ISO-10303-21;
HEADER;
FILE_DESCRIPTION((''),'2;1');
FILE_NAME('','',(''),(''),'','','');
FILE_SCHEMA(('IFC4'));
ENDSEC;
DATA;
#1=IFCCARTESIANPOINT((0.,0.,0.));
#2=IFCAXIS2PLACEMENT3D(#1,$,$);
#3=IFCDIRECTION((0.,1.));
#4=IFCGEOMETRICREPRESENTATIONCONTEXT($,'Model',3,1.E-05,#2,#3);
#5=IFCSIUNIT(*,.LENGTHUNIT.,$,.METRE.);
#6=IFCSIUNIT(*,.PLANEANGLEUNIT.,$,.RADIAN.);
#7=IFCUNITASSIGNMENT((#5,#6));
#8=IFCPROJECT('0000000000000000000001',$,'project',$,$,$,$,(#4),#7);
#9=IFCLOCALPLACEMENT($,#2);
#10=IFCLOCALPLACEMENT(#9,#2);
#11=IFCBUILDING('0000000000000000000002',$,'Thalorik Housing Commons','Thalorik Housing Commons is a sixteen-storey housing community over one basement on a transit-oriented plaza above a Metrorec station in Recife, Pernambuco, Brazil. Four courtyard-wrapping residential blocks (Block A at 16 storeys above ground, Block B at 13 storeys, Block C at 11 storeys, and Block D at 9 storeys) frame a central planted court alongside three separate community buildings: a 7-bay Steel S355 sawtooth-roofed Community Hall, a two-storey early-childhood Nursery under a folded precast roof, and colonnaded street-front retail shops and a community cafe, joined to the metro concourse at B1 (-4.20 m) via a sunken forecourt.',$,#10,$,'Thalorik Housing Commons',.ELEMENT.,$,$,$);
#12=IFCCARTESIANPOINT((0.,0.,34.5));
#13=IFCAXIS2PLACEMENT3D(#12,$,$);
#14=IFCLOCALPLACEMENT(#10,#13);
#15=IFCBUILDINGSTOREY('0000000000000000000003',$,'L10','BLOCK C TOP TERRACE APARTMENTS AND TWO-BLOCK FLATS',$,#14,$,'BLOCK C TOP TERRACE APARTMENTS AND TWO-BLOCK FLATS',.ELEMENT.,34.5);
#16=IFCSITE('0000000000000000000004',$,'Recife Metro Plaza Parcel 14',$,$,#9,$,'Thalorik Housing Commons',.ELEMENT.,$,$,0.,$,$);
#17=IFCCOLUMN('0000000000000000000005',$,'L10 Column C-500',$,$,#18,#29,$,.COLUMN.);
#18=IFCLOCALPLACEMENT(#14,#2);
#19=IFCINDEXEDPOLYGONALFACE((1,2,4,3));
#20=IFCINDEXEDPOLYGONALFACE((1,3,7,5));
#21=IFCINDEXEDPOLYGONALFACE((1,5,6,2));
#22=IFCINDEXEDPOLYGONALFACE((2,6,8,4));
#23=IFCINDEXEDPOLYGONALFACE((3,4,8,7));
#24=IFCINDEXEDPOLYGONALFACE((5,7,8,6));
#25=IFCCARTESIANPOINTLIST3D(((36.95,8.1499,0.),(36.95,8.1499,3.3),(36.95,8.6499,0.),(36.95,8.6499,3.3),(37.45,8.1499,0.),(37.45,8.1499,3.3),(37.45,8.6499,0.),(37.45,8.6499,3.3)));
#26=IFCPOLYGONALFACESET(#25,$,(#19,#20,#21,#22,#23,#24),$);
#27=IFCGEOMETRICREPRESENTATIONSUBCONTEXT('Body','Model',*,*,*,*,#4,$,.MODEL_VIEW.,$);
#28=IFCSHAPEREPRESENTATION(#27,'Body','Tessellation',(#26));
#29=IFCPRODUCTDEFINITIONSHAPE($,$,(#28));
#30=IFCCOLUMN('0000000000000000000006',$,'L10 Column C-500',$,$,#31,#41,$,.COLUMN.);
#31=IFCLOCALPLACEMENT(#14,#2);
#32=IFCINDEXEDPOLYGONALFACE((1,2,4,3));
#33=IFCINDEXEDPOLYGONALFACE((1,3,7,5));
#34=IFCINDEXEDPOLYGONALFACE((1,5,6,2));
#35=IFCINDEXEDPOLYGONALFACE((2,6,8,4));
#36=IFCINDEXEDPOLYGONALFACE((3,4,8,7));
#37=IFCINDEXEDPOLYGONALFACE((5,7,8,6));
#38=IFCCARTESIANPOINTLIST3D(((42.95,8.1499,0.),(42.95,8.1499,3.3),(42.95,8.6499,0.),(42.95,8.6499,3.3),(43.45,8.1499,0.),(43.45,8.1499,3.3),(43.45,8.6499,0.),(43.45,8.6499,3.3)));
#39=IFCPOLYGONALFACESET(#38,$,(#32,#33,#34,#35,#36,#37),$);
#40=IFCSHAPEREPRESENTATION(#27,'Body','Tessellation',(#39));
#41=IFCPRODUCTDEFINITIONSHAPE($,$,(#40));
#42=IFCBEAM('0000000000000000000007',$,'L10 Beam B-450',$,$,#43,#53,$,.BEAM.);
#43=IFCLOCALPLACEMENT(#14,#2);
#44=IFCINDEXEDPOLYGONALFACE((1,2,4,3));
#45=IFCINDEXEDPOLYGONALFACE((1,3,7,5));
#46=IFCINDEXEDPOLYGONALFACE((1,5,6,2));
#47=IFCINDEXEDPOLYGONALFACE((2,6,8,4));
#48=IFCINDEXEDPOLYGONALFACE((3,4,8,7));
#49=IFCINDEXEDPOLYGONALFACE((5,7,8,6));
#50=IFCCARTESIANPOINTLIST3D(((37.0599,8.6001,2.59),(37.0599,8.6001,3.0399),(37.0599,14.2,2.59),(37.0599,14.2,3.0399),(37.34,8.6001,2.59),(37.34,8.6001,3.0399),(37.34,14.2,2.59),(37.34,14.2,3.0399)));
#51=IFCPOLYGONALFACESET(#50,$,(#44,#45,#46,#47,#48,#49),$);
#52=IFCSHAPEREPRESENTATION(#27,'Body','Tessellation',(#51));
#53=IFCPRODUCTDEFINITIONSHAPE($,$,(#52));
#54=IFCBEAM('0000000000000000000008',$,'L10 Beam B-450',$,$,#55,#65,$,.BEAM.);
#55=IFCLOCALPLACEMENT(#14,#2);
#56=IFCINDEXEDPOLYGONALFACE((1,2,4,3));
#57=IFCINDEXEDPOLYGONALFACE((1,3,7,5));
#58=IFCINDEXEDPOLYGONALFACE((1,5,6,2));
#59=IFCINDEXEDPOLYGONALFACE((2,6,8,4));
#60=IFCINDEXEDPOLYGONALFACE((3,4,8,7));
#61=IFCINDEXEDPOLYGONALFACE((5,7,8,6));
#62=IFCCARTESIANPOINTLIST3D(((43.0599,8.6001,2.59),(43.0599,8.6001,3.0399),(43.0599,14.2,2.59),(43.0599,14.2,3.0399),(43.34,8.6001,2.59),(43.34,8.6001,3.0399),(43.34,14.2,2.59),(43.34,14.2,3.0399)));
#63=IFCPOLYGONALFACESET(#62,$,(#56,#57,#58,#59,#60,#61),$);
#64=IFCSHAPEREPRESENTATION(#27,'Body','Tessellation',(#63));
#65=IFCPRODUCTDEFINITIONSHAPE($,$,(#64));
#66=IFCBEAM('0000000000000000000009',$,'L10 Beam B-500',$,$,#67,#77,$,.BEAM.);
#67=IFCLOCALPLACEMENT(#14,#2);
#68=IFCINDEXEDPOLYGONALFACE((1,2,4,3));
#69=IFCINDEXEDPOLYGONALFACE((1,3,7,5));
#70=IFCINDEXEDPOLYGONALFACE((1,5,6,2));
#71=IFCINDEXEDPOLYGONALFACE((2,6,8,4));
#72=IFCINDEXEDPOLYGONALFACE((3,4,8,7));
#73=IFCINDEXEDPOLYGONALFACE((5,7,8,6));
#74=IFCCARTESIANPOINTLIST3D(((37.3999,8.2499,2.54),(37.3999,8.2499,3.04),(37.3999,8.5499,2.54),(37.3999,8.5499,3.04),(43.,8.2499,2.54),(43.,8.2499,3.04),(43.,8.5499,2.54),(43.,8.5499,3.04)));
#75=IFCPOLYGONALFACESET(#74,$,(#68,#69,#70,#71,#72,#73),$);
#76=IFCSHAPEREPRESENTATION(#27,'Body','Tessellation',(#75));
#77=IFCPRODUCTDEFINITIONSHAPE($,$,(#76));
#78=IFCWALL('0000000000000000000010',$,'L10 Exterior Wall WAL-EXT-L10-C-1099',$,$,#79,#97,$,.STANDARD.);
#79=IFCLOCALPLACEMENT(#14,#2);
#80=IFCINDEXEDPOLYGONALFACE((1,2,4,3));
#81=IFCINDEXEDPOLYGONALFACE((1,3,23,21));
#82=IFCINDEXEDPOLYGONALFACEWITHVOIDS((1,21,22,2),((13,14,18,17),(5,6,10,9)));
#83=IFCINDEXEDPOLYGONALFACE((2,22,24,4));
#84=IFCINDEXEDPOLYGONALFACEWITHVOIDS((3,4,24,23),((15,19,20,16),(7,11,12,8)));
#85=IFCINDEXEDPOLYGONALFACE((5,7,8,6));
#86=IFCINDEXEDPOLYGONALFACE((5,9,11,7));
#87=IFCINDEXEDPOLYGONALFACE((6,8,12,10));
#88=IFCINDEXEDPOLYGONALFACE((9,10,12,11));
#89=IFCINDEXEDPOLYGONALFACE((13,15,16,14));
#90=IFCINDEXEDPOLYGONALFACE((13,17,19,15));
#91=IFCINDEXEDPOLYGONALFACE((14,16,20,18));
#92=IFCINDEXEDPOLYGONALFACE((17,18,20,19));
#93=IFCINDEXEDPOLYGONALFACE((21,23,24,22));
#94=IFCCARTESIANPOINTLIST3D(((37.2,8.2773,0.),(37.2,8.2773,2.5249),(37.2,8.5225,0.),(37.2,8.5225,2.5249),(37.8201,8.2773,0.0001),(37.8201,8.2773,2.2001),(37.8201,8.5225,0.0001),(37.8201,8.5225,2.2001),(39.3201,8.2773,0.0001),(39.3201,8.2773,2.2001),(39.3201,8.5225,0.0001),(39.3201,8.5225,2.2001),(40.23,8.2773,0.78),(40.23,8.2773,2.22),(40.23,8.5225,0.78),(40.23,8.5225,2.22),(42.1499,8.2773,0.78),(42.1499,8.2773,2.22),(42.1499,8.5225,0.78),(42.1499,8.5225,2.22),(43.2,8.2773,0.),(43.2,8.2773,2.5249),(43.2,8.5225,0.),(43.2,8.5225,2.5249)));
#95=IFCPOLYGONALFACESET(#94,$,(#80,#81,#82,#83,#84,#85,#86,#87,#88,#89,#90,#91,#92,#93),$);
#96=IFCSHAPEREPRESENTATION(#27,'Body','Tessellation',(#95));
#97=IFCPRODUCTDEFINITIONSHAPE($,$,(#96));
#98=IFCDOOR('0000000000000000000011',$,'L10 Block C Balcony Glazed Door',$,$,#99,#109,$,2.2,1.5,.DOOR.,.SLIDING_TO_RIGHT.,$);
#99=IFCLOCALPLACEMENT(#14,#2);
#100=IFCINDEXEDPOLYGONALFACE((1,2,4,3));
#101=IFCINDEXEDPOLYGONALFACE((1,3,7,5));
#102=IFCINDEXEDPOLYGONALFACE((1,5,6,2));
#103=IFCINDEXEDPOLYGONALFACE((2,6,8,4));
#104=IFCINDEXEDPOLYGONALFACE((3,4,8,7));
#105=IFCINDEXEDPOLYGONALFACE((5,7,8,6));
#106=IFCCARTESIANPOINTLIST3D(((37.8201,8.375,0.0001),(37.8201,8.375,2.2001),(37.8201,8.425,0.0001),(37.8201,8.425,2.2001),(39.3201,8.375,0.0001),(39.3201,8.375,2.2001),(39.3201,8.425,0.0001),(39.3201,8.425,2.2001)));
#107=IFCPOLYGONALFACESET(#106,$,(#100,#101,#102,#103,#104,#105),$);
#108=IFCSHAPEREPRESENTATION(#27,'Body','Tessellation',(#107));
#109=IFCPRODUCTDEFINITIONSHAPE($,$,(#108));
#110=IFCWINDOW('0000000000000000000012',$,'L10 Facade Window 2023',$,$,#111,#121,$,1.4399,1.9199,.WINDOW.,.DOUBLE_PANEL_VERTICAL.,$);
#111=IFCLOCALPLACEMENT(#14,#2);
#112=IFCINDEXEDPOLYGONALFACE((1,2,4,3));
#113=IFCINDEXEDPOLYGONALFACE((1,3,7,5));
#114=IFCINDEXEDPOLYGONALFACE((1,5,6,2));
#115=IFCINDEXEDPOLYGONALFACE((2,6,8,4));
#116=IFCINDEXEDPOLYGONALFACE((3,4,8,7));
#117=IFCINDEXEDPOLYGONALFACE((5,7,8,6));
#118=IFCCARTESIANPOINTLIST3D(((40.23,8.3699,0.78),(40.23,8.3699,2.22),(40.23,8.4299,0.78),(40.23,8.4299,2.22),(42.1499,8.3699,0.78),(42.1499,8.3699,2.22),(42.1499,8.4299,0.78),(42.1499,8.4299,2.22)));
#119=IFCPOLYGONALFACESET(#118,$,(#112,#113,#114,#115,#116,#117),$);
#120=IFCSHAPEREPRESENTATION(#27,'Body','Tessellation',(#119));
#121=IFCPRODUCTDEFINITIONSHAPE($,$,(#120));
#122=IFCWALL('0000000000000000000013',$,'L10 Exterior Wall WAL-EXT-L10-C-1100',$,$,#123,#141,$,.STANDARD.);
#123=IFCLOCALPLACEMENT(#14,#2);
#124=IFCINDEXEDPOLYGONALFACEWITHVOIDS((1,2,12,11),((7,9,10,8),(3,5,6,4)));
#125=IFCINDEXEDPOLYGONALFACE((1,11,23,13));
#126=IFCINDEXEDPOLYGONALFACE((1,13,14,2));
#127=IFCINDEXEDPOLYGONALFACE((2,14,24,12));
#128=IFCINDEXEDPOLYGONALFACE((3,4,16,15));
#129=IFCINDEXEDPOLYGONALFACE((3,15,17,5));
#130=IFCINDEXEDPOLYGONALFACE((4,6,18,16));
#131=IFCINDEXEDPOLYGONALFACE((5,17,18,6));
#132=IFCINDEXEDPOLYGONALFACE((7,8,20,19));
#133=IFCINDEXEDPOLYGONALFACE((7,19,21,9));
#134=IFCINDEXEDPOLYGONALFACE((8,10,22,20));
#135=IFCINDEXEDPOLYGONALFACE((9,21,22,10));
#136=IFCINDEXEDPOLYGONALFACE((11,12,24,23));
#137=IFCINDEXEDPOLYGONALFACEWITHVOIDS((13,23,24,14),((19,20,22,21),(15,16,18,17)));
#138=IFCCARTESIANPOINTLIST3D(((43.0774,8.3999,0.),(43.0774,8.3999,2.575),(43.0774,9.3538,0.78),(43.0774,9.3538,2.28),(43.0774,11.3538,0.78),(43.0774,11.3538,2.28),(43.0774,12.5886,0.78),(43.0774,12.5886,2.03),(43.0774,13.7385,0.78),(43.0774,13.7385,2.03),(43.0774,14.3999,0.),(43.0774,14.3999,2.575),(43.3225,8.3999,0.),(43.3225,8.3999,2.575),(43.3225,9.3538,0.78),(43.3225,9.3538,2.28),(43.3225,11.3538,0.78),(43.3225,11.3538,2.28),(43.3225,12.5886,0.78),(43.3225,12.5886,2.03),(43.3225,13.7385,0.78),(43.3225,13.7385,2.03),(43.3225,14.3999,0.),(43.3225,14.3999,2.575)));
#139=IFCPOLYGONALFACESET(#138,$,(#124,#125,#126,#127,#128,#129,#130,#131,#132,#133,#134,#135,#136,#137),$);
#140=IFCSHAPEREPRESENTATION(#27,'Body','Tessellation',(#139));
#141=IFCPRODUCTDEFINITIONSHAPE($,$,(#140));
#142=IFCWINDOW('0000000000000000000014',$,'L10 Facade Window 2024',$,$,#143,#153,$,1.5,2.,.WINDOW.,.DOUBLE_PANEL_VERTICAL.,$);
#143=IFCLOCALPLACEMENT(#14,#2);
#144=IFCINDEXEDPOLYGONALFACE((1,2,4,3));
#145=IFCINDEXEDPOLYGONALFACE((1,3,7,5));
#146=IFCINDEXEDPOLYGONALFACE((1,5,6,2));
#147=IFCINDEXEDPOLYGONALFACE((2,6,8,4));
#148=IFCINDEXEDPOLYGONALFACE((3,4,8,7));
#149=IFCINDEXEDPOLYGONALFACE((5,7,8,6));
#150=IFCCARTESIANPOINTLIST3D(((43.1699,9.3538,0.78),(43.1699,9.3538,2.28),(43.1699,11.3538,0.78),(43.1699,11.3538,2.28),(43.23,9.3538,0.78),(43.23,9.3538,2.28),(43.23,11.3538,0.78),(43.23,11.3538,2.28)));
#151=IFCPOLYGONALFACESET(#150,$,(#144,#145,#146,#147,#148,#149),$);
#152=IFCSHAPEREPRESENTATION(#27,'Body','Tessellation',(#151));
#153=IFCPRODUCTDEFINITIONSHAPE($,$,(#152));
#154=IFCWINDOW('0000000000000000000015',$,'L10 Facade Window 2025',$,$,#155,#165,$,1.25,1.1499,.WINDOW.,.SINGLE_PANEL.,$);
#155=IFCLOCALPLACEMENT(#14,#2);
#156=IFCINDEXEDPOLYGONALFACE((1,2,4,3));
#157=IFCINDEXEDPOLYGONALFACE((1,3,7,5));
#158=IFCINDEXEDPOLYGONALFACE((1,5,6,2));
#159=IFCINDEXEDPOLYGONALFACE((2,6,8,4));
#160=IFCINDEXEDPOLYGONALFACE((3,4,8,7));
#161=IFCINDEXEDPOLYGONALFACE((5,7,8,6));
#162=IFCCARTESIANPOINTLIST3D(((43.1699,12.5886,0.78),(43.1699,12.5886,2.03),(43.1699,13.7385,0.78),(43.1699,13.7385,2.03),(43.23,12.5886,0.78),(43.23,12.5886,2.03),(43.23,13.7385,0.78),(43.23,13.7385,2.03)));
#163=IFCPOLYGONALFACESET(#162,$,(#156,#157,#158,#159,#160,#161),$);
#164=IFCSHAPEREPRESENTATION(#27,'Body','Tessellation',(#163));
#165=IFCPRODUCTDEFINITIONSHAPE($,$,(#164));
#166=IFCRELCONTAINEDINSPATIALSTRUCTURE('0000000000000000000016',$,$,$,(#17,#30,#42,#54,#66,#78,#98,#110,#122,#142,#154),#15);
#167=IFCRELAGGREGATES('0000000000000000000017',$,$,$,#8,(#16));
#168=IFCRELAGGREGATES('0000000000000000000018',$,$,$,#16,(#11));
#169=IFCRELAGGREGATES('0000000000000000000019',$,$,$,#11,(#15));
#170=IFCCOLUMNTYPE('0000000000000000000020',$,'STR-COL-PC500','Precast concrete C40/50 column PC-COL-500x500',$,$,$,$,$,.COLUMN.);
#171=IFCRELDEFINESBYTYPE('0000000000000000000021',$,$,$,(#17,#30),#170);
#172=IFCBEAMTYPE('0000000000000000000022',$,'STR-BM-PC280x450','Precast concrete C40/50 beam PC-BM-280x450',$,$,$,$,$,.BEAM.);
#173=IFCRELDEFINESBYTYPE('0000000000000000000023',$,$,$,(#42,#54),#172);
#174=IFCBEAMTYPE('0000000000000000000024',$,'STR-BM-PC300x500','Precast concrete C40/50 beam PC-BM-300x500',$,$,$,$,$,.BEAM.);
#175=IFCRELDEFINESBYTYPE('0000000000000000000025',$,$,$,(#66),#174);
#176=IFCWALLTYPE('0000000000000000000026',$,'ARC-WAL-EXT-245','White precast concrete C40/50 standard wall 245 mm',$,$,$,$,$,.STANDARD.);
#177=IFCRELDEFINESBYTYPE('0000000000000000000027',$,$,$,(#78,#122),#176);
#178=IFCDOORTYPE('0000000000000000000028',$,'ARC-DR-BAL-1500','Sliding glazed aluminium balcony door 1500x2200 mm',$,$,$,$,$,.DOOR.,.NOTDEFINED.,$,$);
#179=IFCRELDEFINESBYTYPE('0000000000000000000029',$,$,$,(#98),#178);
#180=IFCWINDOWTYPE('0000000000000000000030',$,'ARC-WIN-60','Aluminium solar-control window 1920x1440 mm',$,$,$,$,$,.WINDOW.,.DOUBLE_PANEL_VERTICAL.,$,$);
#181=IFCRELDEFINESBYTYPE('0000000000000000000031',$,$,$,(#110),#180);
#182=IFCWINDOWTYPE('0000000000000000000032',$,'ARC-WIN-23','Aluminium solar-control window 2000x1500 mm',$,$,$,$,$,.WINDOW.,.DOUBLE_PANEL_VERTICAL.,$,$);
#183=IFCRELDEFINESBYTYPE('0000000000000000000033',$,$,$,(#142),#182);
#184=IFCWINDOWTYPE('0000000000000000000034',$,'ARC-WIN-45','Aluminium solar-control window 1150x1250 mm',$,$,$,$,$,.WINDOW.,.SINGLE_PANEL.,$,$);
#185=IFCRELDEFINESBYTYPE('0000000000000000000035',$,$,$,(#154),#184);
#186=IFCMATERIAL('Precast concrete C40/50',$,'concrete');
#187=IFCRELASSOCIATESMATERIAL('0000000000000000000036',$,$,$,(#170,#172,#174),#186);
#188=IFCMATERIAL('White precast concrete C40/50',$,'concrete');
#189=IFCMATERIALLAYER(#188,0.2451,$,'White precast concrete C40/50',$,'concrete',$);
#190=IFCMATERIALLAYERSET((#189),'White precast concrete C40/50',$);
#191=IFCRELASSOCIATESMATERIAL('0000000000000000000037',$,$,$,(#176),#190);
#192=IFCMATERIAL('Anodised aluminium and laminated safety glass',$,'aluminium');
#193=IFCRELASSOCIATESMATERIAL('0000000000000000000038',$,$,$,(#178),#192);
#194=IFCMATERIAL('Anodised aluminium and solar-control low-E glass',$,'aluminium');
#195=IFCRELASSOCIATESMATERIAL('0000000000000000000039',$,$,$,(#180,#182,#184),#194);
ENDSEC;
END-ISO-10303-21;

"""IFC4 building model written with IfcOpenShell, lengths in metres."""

from ifc_helpers import new_model, si_unit, direction, frame, frame_2d, origin, origin_2d, place, context, subcontext, project, spatial, rectangle, extrude, material, layer, layer_set, material_profile, profile_set, type_object, element, fill, save


model = new_model("IFC4")

# Units and contexts
model_context = context("Model", 3, precision=1e-05, world=origin(), true_north=direction((0.0, 1.0)))
body_context = subcontext(model_context, "Body", "Model", "MODEL_VIEW")
ifc_project = project(units=[si_unit("LENGTHUNIT", "METRE"), si_unit("PLANEANGLEUNIT", "RADIAN")], contexts=[model_context])

# Site, building, storey
site_placement = place(None, origin())
site = spatial("IfcSite", under=ifc_project, at=site_placement, Name="Recife Metro Plaza Parcel 14", LongName="Thalorik Housing Commons", CompositionType="ELEMENT", RefElevation=0.0)
building_placement = place(site_placement, origin())
building = spatial("IfcBuilding", under=site, at=building_placement, Name="Thalorik Housing Commons", Description="Thalorik Housing Commons is a sixteen-storey housing community over one basement on a transit-oriented plaza above a Metrorec station in Recife, Pernambuco, Brazil. Four courtyard-wrapping residential blocks (Block A at 16 storeys above ground, Block B at 13 storeys, Block C at 11 storeys, and Block D at 9 storeys) frame a central planted court alongside three separate community buildings: a 7-bay Steel S355 sawtooth-roofed Community Hall, a two-storey early-childhood Nursery under a folded precast roof, and colonnaded street-front retail shops and a community cafe, joined to the metro concourse at B1 (-4.20 m) via a sunken forecourt.", LongName="Thalorik Housing Commons", CompositionType="ELEMENT")
storey_placement = place(building_placement, frame((0.0, 0.0, 34.5)))
storey = spatial("IfcBuildingStorey", under=building, at=storey_placement, Name="L10", Description="BLOCK C TOP TERRACE APARTMENTS AND TWO-BLOCK FLATS", LongName="BLOCK C TOP TERRACE APARTMENTS AND TWO-BLOCK FLATS", CompositionType="ELEMENT", Elevation=34.5)

# Columns
ifc_material_1 = material(Name="Precast concrete C40/50", Category="concrete")
ifc_material_profile_1 = material_profile(ifc_material_1, rectangle(XDim=0.5, YDim=0.5, at=origin_2d()), Name="PC 500x500", Category="concrete")
ifc_profile_set_1 = profile_set([ifc_material_profile_1], Name="Precast concrete C40/50")
column_type = type_object("IfcColumnType", Name="STR-COL-PC500", Description="Precast concrete C40/50 column PC-COL-500x500", PredefinedType="COLUMN", material=ifc_profile_set_1)
for number, where, z_axis, x_axis, name in (
    (1, (37.2, 8.3999, 0.0), (0.0, 0.0, 1.0), (1.0, 0.0, 0.0), "L10 Column C-500"),
    (2, (43.2, 8.3999, 0.0), (0.0, 0.0, 1.0), (1.0, 0.0, 0.0), "L10 Column C-500"),
):
    element("IfcColumn", number, at=place(storey_placement, frame(where, z_axis=z_axis, x_axis=x_axis)), inside=storey, type_object=column_type, Name=name, PredefinedType="COLUMN", context=body_context, shape_type="SweptSolid", body=[
        extrude(rectangle(XDim=0.5, YDim=0.5, at=origin_2d()), origin(), (0.0, 0.0, 1.0), 3.3),
    ])

# Beams
ifc_material_profile_2 = material_profile(ifc_material_1, rectangle(XDim=0.28, YDim=0.45, at=origin_2d()), Name="PC 280x450", Category="concrete")
ifc_profile_set_2 = profile_set([ifc_material_profile_2], Name="Precast concrete C40/50")
beam_type_1 = type_object("IfcBeamType", Name="STR-BM-PC280x450", Description="Precast concrete C40/50 beam PC-BM-280x450", PredefinedType="BEAM", material=ifc_profile_set_2)
for number, where, z_axis, x_axis, name in (
    (3, (37.2, 8.6001, 2.8149), (0.0, 1.0, 0.0), (-1.0, 0.0, 0.0), "L10 Beam B-450"),
    (4, (43.2, 8.6001, 2.8149), (0.0, 1.0, 0.0), (-1.0, 0.0, 0.0), "L10 Beam B-450"),
):
    element("IfcBeam", number, at=place(storey_placement, frame(where, z_axis=z_axis, x_axis=x_axis)), inside=storey, type_object=beam_type_1, Name=name, PredefinedType="BEAM", context=body_context, shape_type="SweptSolid", body=[
        extrude(rectangle(XDim=0.28, YDim=0.45, at=origin_2d()), origin(), (0.0, 0.0, 1.0), 5.5999),
    ])
ifc_material_profile_3 = material_profile(ifc_material_1, rectangle(XDim=0.3, YDim=0.5, at=origin_2d()), Name="PC 300x500", Category="concrete")
ifc_profile_set_3 = profile_set([ifc_material_profile_3], Name="Precast concrete C40/50")
beam_type_2 = type_object("IfcBeamType", Name="STR-BM-PC300x500", Description="Precast concrete C40/50 beam PC-BM-300x500", PredefinedType="BEAM", material=ifc_profile_set_3)
beam_placement = place(storey_placement, frame((37.3999, 8.3999, 2.79), z_axis=(1.0, 0.0, 0.0), x_axis=(0.0, 1.0, 0.0)))
element("IfcBeam", 5, at=beam_placement, inside=storey, type_object=beam_type_2, Name="L10 Beam B-500", PredefinedType="BEAM", context=body_context, shape_type="SweptSolid", body=[
    extrude(rectangle(XDim=0.3, YDim=0.5, at=origin_2d()), origin(), (0.0, 0.0, 1.0), 5.6001),
])

# Wall, openings, door, window
ifc_material_2 = material(Name="White precast concrete C40/50", Category="concrete")
ifc_layer_1 = layer(ifc_material_2, 0.2451, Name="White precast concrete C40/50", Category="concrete")
ifc_layer_set_1 = layer_set([ifc_layer_1], Name="White precast concrete C40/50")
wall_type_1 = type_object("IfcWallType", Name="ARC-WAL-EXT-245", Description="White precast concrete C40/50 standard wall 245 mm", PredefinedType="STANDARD", material=ifc_layer_set_1)
wall_1_placement = place(storey_placement, frame((37.2, 8.3999, 0.0), z_axis=(0.0, 0.0, 1.0), x_axis=(1.0, 0.0, 0.0)))
wall_1 = element("IfcWall", 6, at=wall_1_placement, inside=storey, type_object=wall_type_1, Name="L10 Exterior Wall WAL-EXT-L10-C-1099", PredefinedType="STANDARD", context=body_context, shape_type="SweptSolid", body=[
    extrude(rectangle(XDim=6.0, YDim=0.2451, at=frame_2d((3.0, 0.0))), origin(), (0.0, 0.0, 1.0), 2.5249),
])
opening_1_placement = place(wall_1_placement, frame((0.6201, 0.0, 0.0)))
opening_1 = element("IfcOpeningElement", 7, at=opening_1_placement, cuts=wall_1, PredefinedType="OPENING", context=body_context, shape_type="SweptSolid", body=[
    extrude(rectangle(XDim=1.5, YDim=2.2, at=frame_2d((0.75, 1.1001))), frame((0.0, 0.1326, 0.0), z_axis=(0.0, -1.0, 0.0), x_axis=(1.0, 0.0, 0.0)), (0.0, 0.0, 1.0), 0.2651),
])
opening_2_placement = place(wall_1_placement, frame((3.03, 0.0, 0.78)))
opening_2 = element("IfcOpeningElement", 8, at=opening_2_placement, cuts=wall_1, PredefinedType="OPENING", context=body_context, shape_type="SweptSolid", body=[
    extrude(rectangle(XDim=1.9199, YDim=1.4399, at=frame_2d((0.96, 0.72))), frame((0.0, 0.1326, 0.0), z_axis=(0.0, -1.0, 0.0), x_axis=(1.0, 0.0, 0.0)), (0.0, 0.0, 1.0), 0.2651),
])
ifc_material_3 = material(Name="Anodised aluminium and laminated safety glass", Category="aluminium")
door_type_1 = type_object("IfcDoorType", Name="ARC-DR-BAL-1500", Description="Sliding glazed aluminium balcony door 1500x2200 mm", OperationType="NOTDEFINED", PredefinedType="DOOR", material=ifc_material_3)
door_1_placement = place(opening_1_placement, frame((1.5, 0.0, 0.0), z_axis=(0.0, 0.0, 1.0), x_axis=(-1.0, 0.0, 0.0)))
door_1 = element("IfcDoor", 9, at=door_1_placement, inside=storey, type_object=door_type_1, Name="L10 Block C Balcony Glazed Door", OperationType="SLIDING_TO_RIGHT", OverallHeight=2.2, OverallWidth=1.5, PredefinedType="DOOR", context=body_context, shape_type="SweptSolid", body=[
    extrude(rectangle(XDim=1.5, YDim=2.2, at=frame_2d((0.75, 1.1001))), frame((0.0, 0.0249, 0.0), z_axis=(0.0, -1.0, 0.0), x_axis=(1.0, 0.0, 0.0)), (0.0, 0.0, 1.0), 0.05),
])
fill(opening_1, door_1)
ifc_material_4 = material(Name="Anodised aluminium and solar-control low-E glass", Category="aluminium")
window_type_1 = type_object("IfcWindowType", Name="ARC-WIN-60", Description="Aluminium solar-control window 1920x1440 mm", PartitioningType="DOUBLE_PANEL_VERTICAL", PredefinedType="WINDOW", material=ifc_material_4)
window_1_placement = place(opening_2_placement, origin())
window_1 = element("IfcWindow", 10, at=window_1_placement, inside=storey, type_object=window_type_1, Name="L10 Facade Window 2023", OverallHeight=1.4399, OverallWidth=1.9199, PartitioningType="DOUBLE_PANEL_VERTICAL", PredefinedType="WINDOW", context=body_context, shape_type="SweptSolid", body=[
    extrude(rectangle(XDim=1.9199, YDim=1.4399, at=frame_2d((0.96, 0.72))), frame((0.0, 0.03, 0.0), z_axis=(0.0, -1.0, 0.0), x_axis=(1.0, 0.0, 0.0)), (0.0, 0.0, 1.0), 0.0601),
])
fill(opening_2, window_1)

# Wall, openings, windows
wall_2_placement = place(storey_placement, frame((43.2, 8.3999, 0.0), z_axis=(0.0, 0.0, 1.0), x_axis=(0.0, 1.0, 0.0)))
wall_2 = element("IfcWall", 11, at=wall_2_placement, inside=storey, type_object=wall_type_1, Name="L10 Exterior Wall WAL-EXT-L10-C-1100", PredefinedType="STANDARD", context=body_context, shape_type="SweptSolid", body=[
    extrude(rectangle(XDim=6.0, YDim=0.2451, at=frame_2d((3.0, 0.0))), origin(), (0.0, 0.0, 1.0), 2.575),
])
opening_3_placement = place(wall_2_placement, frame((0.9539, 0.0, 0.78)))
opening_3 = element("IfcOpeningElement", 12, at=opening_3_placement, cuts=wall_2, PredefinedType="OPENING", context=body_context, shape_type="SweptSolid", body=[
    extrude(rectangle(XDim=2.0, YDim=1.5, at=frame_2d((1.0, 0.75))), frame((0.0, 0.1326, 0.0), z_axis=(0.0, -1.0, 0.0), x_axis=(1.0, 0.0, 0.0)), (0.0, 0.0, 1.0), 0.2651),
])
opening_4_placement = place(wall_2_placement, frame((4.1887, 0.0, 0.78)))
opening_4 = element("IfcOpeningElement", 13, at=opening_4_placement, cuts=wall_2, PredefinedType="OPENING", context=body_context, shape_type="SweptSolid", body=[
    extrude(rectangle(XDim=1.1499, YDim=1.25, at=frame_2d((0.575, 0.625))), frame((0.0, 0.1326, 0.0), z_axis=(0.0, -1.0, 0.0), x_axis=(1.0, 0.0, 0.0)), (0.0, 0.0, 1.0), 0.2651),
])
window_type_2 = type_object("IfcWindowType", Name="ARC-WIN-23", Description="Aluminium solar-control window 2000x1500 mm", PartitioningType="DOUBLE_PANEL_VERTICAL", PredefinedType="WINDOW", material=ifc_material_4)
window_2_placement = place(opening_3_placement, origin())
window_2 = element("IfcWindow", 14, at=window_2_placement, inside=storey, type_object=window_type_2, Name="L10 Facade Window 2024", OverallHeight=1.5, OverallWidth=2.0, PartitioningType="DOUBLE_PANEL_VERTICAL", PredefinedType="WINDOW", context=body_context, shape_type="SweptSolid", body=[
    extrude(rectangle(XDim=2.0, YDim=1.5, at=frame_2d((1.0, 0.75))), frame((0.0, 0.03, 0.0), z_axis=(0.0, -1.0, 0.0), x_axis=(1.0, 0.0, 0.0)), (0.0, 0.0, 1.0), 0.0601),
])
fill(opening_3, window_2)
window_type_3 = type_object("IfcWindowType", Name="ARC-WIN-45", Description="Aluminium solar-control window 1150x1250 mm", PartitioningType="SINGLE_PANEL", PredefinedType="WINDOW", material=ifc_material_4)
window_3_placement = place(opening_4_placement, origin())
window_3 = element("IfcWindow", 15, at=window_3_placement, inside=storey, type_object=window_type_3, Name="L10 Facade Window 2025", OverallHeight=1.25, OverallWidth=1.1499, PartitioningType="SINGLE_PANEL", PredefinedType="WINDOW", context=body_context, shape_type="SweptSolid", body=[
    extrude(rectangle(XDim=1.1499, YDim=1.25, at=frame_2d((0.575, 0.625))), frame((0.0, 0.03, 0.0), z_axis=(0.0, -1.0, 0.0), x_axis=(1.0, 0.0, 0.0)), (0.0, 0.0, 1.0), 0.0601),
])
fill(opening_4, window_3)

save(model, "model.ifc")
